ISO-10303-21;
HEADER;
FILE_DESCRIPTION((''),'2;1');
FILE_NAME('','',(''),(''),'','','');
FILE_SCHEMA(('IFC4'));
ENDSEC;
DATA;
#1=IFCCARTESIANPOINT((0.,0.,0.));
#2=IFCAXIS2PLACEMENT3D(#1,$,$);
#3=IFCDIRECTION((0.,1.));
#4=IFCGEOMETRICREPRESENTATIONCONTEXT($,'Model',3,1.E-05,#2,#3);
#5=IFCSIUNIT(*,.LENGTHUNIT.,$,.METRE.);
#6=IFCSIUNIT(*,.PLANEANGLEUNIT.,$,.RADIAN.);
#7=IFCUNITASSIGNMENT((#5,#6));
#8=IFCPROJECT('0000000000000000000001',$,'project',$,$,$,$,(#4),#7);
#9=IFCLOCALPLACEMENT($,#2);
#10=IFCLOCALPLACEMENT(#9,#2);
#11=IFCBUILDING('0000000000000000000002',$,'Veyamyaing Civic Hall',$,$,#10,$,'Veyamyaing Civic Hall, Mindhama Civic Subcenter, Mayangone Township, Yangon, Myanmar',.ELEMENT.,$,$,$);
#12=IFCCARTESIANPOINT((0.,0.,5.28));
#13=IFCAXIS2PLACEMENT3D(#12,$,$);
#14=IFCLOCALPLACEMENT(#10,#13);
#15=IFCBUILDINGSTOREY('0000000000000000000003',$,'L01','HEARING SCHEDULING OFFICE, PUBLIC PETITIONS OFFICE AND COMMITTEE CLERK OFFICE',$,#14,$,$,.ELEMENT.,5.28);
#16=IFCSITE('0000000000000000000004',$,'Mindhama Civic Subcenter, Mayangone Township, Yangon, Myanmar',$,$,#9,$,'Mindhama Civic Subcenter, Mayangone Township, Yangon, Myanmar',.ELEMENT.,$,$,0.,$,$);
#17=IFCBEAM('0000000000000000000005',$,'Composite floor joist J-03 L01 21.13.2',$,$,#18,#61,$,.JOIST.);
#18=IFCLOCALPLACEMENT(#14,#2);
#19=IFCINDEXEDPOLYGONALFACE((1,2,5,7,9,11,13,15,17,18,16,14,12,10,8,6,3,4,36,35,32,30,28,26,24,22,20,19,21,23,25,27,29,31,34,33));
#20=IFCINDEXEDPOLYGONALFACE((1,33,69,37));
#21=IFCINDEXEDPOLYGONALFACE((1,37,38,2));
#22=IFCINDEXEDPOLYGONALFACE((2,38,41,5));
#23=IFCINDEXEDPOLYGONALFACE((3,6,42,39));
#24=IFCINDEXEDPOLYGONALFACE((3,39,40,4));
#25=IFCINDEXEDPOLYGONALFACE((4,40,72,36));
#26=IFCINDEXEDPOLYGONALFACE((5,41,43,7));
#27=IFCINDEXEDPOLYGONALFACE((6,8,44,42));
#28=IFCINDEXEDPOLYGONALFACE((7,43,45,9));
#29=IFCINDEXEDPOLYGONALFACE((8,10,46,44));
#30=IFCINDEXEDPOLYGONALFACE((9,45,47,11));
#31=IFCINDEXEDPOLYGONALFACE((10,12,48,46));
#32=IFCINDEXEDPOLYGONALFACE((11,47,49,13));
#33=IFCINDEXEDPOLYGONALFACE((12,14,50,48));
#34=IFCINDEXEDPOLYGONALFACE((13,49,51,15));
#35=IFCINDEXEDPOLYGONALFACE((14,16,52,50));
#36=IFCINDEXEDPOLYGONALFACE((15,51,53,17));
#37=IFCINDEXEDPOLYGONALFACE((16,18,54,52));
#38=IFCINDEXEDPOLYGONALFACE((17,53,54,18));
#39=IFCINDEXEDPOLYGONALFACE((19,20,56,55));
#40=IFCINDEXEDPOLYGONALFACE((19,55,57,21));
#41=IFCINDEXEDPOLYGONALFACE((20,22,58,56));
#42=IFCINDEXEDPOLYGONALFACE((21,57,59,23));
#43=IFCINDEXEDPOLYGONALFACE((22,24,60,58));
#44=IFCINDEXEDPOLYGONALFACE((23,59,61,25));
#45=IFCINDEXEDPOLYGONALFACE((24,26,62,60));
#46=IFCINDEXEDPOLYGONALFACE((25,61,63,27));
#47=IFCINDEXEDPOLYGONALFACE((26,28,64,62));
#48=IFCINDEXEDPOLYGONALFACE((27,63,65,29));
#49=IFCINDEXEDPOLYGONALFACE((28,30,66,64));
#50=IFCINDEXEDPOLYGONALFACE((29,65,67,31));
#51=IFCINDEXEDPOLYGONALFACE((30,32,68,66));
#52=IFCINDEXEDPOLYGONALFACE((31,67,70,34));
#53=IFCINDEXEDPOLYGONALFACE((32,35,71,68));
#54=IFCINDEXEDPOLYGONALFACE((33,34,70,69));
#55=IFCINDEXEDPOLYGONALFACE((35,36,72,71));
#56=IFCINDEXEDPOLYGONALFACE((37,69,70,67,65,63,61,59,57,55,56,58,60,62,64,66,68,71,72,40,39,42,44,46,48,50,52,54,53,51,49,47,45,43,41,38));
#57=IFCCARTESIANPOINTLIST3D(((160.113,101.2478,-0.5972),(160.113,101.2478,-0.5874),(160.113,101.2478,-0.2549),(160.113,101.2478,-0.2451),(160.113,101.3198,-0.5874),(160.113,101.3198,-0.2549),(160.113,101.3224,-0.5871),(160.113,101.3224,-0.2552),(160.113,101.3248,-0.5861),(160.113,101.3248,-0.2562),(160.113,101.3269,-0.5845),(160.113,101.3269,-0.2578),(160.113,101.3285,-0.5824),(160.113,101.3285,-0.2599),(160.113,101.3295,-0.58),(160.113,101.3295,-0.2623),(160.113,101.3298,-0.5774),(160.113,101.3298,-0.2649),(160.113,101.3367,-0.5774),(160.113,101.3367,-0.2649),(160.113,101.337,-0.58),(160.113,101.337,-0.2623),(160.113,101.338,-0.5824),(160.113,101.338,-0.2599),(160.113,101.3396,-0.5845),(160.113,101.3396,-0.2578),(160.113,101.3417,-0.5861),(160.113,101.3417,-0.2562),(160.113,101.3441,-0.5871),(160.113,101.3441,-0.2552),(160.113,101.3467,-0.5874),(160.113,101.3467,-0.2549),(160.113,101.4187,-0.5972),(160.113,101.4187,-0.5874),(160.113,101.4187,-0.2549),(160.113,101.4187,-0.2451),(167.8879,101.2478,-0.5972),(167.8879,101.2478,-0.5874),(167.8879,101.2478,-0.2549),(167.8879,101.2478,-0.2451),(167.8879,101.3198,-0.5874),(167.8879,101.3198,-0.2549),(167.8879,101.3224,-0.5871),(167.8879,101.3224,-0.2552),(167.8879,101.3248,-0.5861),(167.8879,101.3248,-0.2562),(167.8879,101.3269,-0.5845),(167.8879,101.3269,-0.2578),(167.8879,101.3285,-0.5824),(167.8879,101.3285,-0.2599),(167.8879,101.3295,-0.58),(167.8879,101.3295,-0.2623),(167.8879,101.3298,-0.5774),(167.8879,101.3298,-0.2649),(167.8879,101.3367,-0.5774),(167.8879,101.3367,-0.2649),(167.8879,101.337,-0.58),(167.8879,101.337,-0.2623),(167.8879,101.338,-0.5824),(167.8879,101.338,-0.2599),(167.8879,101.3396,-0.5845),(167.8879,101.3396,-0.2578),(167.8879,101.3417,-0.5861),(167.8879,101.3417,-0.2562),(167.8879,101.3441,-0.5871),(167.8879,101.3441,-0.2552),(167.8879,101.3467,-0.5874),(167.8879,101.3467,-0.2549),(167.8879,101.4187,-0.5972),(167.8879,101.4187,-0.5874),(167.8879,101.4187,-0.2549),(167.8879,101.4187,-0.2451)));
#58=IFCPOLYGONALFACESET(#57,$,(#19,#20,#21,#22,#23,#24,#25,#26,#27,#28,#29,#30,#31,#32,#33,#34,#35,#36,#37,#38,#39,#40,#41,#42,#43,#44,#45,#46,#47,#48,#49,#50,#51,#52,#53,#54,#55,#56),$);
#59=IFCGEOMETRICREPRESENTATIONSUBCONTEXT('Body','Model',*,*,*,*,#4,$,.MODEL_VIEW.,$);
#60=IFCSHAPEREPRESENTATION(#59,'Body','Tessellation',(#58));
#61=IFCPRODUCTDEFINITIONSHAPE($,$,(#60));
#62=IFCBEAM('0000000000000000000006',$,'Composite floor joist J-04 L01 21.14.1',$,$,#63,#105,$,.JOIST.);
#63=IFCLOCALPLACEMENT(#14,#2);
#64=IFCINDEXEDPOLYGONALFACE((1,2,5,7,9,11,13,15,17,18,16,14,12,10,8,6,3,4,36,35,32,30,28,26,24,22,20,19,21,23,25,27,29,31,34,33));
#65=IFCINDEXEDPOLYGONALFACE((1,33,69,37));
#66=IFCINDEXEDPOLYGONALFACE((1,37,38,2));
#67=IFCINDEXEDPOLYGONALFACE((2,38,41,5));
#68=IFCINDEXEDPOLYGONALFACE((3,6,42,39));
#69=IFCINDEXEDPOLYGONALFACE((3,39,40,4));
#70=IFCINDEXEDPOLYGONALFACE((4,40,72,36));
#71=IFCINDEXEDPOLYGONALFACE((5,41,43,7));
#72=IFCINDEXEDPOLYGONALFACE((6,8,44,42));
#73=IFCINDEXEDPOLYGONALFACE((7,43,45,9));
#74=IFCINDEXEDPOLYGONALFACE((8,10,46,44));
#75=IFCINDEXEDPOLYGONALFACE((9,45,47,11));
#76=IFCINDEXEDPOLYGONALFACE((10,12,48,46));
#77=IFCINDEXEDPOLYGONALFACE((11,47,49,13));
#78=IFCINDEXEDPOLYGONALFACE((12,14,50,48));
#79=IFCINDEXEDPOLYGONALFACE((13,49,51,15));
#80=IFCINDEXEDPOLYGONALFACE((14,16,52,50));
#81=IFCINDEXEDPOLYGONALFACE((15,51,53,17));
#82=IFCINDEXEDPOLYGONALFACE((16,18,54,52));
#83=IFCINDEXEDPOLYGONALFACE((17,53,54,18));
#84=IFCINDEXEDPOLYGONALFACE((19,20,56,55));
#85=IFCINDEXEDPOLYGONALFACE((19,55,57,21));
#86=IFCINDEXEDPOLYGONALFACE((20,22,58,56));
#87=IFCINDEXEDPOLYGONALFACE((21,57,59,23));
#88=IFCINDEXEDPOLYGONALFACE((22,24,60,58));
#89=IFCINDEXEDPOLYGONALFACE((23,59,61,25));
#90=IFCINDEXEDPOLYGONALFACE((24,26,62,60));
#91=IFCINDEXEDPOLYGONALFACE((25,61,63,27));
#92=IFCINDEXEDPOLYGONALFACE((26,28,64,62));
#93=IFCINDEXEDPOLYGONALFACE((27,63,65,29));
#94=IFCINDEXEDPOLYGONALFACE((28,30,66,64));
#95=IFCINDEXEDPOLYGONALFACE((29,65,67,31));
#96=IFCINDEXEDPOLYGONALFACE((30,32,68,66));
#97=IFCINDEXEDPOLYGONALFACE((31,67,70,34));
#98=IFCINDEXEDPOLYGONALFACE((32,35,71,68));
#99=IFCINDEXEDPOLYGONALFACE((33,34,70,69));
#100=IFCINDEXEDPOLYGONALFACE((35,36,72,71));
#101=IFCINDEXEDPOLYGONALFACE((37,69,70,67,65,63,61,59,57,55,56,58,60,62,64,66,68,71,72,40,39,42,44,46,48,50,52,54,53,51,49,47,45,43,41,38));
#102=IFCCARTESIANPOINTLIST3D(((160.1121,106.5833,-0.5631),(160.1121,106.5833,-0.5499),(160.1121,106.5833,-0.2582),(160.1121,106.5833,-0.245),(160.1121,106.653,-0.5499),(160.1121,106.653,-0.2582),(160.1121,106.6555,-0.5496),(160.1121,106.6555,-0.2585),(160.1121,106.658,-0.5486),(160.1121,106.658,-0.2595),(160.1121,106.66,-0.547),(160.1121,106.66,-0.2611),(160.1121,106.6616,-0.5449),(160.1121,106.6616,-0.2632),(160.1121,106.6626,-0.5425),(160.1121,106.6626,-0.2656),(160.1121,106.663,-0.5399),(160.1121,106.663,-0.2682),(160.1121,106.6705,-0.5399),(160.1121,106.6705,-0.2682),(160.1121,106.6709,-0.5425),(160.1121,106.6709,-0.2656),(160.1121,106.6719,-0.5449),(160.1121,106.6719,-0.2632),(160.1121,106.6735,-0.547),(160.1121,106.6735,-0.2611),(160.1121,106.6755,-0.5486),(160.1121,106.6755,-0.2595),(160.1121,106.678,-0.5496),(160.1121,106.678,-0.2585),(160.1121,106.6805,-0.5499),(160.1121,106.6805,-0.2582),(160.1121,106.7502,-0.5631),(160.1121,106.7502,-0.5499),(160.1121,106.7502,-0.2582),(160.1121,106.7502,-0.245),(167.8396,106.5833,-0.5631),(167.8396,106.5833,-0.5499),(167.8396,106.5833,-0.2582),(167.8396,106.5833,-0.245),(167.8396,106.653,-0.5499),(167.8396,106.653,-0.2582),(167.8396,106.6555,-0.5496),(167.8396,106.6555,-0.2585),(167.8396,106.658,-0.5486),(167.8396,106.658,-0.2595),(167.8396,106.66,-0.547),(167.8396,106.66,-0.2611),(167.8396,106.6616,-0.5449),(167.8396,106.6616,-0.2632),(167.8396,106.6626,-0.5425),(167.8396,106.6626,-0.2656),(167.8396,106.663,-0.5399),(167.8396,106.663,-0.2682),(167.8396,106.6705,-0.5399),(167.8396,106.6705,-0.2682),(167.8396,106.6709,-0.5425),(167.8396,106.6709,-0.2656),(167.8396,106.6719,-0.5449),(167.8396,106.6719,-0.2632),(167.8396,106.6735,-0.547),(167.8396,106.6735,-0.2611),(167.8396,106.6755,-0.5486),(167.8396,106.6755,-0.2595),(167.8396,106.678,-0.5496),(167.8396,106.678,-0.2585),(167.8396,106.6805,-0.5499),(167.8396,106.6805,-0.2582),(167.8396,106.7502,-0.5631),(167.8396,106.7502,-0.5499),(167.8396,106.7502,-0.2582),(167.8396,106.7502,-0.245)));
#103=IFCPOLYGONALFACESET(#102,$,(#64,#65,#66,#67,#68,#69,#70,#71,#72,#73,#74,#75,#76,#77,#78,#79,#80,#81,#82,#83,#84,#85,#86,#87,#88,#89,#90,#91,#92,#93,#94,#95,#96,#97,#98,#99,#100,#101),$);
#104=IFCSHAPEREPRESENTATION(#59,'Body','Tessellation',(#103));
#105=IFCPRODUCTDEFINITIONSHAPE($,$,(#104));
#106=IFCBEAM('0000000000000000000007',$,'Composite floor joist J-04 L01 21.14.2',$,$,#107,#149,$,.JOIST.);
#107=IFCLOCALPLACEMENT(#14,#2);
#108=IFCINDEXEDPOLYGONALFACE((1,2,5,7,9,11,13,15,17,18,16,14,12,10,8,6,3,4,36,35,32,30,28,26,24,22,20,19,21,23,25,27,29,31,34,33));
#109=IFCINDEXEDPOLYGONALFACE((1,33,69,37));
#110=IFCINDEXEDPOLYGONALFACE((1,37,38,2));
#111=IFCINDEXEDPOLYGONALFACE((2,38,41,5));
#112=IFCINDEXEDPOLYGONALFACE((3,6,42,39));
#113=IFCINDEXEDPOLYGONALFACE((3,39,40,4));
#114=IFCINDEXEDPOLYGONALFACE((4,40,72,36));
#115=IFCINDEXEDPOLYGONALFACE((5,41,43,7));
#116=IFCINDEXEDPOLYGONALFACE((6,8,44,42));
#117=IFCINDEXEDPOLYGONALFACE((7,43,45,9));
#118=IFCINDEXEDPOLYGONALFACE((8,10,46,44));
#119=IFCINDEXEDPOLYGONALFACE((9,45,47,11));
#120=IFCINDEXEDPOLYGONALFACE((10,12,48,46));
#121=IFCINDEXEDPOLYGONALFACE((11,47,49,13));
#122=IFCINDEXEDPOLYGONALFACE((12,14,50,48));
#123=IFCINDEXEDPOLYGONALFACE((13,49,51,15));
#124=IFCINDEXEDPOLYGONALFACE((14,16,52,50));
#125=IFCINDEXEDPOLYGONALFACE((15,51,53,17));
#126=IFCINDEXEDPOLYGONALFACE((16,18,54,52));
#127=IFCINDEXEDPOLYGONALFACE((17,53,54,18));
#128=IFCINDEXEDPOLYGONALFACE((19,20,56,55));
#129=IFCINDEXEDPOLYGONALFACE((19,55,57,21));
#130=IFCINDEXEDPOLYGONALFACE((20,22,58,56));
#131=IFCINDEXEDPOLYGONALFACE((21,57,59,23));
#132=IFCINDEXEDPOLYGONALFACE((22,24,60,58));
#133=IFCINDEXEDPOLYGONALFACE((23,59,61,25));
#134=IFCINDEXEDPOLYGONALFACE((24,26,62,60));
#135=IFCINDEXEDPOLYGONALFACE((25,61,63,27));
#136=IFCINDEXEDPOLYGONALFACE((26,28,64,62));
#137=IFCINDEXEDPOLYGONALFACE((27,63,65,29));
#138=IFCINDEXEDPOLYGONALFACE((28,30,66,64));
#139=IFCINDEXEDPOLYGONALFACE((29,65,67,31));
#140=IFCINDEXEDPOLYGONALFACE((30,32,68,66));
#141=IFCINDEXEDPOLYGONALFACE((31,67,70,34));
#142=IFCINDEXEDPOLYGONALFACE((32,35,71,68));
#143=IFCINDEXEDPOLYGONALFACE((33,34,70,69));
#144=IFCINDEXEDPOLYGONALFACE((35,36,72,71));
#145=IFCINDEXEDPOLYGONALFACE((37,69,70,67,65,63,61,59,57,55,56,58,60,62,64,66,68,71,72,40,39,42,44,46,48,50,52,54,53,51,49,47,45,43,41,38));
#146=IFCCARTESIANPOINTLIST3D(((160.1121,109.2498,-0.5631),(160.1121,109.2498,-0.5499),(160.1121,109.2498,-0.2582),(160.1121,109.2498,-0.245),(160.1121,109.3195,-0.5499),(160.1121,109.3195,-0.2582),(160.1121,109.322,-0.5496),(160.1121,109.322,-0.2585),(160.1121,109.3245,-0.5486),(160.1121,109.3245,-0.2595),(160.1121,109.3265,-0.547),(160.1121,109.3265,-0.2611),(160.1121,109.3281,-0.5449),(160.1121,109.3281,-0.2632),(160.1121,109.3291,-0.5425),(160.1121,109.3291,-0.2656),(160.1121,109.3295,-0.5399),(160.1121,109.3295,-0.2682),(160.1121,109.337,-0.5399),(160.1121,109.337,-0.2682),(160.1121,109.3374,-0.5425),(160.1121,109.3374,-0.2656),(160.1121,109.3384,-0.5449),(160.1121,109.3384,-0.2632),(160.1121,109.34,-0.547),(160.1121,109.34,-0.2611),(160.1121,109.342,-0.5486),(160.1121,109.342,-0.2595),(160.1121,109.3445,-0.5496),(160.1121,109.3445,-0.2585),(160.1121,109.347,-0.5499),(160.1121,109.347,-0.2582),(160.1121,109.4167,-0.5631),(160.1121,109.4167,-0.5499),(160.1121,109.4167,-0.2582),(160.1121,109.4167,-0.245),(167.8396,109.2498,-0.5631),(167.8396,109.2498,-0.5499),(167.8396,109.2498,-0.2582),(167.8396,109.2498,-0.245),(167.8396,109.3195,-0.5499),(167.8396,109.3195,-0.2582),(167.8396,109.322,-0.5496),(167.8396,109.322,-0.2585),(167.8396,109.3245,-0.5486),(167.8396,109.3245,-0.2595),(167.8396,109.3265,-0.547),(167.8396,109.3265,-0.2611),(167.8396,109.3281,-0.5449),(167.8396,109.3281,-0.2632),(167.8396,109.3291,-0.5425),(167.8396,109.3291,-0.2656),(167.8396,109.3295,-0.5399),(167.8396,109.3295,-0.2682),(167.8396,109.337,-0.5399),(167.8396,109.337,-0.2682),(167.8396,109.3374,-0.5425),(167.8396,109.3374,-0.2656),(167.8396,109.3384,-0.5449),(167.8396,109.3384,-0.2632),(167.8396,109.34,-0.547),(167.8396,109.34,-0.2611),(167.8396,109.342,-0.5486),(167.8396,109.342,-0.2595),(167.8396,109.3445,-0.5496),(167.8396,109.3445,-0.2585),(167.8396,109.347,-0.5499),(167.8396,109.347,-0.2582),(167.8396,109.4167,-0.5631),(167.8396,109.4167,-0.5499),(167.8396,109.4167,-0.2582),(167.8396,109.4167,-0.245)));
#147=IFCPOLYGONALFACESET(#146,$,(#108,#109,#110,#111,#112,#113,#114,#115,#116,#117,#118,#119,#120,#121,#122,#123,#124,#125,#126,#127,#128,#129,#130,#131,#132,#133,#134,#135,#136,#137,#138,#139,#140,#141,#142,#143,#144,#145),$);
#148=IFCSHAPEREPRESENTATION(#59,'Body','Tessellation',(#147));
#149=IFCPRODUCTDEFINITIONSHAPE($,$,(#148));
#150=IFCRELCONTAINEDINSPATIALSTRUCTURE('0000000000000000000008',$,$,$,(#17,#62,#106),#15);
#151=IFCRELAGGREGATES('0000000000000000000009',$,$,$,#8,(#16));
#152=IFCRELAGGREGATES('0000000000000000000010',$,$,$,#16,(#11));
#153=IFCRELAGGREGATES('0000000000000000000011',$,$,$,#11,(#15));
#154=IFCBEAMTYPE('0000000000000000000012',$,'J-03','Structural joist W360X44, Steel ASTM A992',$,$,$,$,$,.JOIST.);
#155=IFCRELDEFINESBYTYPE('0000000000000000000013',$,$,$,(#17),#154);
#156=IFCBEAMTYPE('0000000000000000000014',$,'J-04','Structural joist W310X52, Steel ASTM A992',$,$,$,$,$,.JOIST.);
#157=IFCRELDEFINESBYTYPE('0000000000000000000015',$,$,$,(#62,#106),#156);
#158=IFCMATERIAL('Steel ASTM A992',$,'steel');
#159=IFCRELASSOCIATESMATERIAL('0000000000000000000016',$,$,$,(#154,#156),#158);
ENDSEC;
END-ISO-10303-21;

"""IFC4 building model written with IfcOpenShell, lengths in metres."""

from ifc_helpers import new_model, si_unit, direction, frame, origin, origin_2d, place, context, subcontext, project, spatial, i_section, extrude, material, material_profile, profile_set, type_object, element, save


model = new_model("IFC4")

# Units and contexts
model_context = context("Model", 3, precision=1e-05, world=origin(), true_north=direction((0.0, 1.0)))
body_context = subcontext(model_context, "Body", "Model", "MODEL_VIEW")
ifc_project = project(units=[si_unit("LENGTHUNIT", "METRE"), si_unit("PLANEANGLEUNIT", "RADIAN")], contexts=[model_context])

# Site, building, storey
site_placement = place(None, origin())
site = spatial("IfcSite", under=ifc_project, at=site_placement, Name="Mindhama Civic Subcenter, Mayangone Township, Yangon, Myanmar", LongName="Mindhama Civic Subcenter, Mayangone Township, Yangon, Myanmar", CompositionType="ELEMENT", RefElevation=0.0)
building_placement = place(site_placement, origin())
building = spatial("IfcBuilding", under=site, at=building_placement, Name="Veyamyaing Civic Hall", LongName="Veyamyaing Civic Hall, Mindhama Civic Subcenter, Mayangone Township, Yangon, Myanmar", CompositionType="ELEMENT")
storey_placement = place(building_placement, frame((0.0, 0.0, 5.28)))
storey = spatial("IfcBuildingStorey", under=building, at=storey_placement, Name="L01", Description="HEARING SCHEDULING OFFICE, PUBLIC PETITIONS OFFICE AND COMMITTEE CLERK OFFICE", CompositionType="ELEMENT", Elevation=5.28)

# Beams
ifc_material_1 = material(Name="Steel ASTM A992", Category="steel")
ifc_material_profile_1 = material_profile(ifc_material_1, i_section(OverallWidth=0.1709, OverallDepth=0.3521, WebThickness=0.0068, FlangeThickness=0.0098, FilletRadius=0.01, at=origin_2d()), Name="W360X44")
ifc_profile_set_1 = profile_set([ifc_material_profile_1], Name="Steel ASTM A992")
beam_type_1 = type_object("IfcBeamType", Name="J-03", Description="Structural joist W360X44, Steel ASTM A992", PredefinedType="JOIST", material=ifc_profile_set_1)
beam_1_placement = place(storey_placement, frame((160.113, 101.3333, -0.4211), z_axis=(1.0, 0.0, 0.0), x_axis=(0.0, 1.0, 0.0)))
element("IfcBeam", 1, at=beam_1_placement, inside=storey, type_object=beam_type_1, Name="Composite floor joist J-03 L01 21.13.2", PredefinedType="JOIST", context=body_context, shape_type="SweptSolid", body=[
    extrude(i_section(OverallWidth=0.1709, OverallDepth=0.3521, WebThickness=0.0068, FlangeThickness=0.0098, FilletRadius=0.01, at=origin_2d()), origin(), (0.0, 0.0, 1.0), 7.7749),
])
ifc_material_profile_2 = material_profile(ifc_material_1, i_section(OverallWidth=0.167, OverallDepth=0.3181, WebThickness=0.0076, FlangeThickness=0.0132, FilletRadius=0.01, at=origin_2d()), Name="W310X52")
ifc_profile_set_2 = profile_set([ifc_material_profile_2], Name="Steel ASTM A992")
beam_type_2 = type_object("IfcBeamType", Name="J-04", Description="Structural joist W310X52, Steel ASTM A992", PredefinedType="JOIST", material=ifc_profile_set_2)
for number, where, z_axis, x_axis, name in (
    (2, (160.1121, 106.6667, -0.4041), (1.0, 0.0, 0.0), (0.0, 1.0, 0.0), "Composite floor joist J-04 L01 21.14.1"),
    (3, (160.1121, 109.3333, -0.4041), (1.0, 0.0, 0.0), (0.0, 1.0, 0.0), "Composite floor joist J-04 L01 21.14.2"),
):
    element("IfcBeam", number, at=place(storey_placement, frame(where, z_axis=z_axis, x_axis=x_axis)), inside=storey, type_object=beam_type_2, Name=name, PredefinedType="JOIST", context=body_context, shape_type="SweptSolid", body=[
        extrude(i_section(OverallWidth=0.167, OverallDepth=0.3181, WebThickness=0.0076, FlangeThickness=0.0132, FilletRadius=0.01, at=origin_2d()), origin(), (0.0, 0.0, 1.0), 7.7275),
    ])

save(model, "model.ifc")
